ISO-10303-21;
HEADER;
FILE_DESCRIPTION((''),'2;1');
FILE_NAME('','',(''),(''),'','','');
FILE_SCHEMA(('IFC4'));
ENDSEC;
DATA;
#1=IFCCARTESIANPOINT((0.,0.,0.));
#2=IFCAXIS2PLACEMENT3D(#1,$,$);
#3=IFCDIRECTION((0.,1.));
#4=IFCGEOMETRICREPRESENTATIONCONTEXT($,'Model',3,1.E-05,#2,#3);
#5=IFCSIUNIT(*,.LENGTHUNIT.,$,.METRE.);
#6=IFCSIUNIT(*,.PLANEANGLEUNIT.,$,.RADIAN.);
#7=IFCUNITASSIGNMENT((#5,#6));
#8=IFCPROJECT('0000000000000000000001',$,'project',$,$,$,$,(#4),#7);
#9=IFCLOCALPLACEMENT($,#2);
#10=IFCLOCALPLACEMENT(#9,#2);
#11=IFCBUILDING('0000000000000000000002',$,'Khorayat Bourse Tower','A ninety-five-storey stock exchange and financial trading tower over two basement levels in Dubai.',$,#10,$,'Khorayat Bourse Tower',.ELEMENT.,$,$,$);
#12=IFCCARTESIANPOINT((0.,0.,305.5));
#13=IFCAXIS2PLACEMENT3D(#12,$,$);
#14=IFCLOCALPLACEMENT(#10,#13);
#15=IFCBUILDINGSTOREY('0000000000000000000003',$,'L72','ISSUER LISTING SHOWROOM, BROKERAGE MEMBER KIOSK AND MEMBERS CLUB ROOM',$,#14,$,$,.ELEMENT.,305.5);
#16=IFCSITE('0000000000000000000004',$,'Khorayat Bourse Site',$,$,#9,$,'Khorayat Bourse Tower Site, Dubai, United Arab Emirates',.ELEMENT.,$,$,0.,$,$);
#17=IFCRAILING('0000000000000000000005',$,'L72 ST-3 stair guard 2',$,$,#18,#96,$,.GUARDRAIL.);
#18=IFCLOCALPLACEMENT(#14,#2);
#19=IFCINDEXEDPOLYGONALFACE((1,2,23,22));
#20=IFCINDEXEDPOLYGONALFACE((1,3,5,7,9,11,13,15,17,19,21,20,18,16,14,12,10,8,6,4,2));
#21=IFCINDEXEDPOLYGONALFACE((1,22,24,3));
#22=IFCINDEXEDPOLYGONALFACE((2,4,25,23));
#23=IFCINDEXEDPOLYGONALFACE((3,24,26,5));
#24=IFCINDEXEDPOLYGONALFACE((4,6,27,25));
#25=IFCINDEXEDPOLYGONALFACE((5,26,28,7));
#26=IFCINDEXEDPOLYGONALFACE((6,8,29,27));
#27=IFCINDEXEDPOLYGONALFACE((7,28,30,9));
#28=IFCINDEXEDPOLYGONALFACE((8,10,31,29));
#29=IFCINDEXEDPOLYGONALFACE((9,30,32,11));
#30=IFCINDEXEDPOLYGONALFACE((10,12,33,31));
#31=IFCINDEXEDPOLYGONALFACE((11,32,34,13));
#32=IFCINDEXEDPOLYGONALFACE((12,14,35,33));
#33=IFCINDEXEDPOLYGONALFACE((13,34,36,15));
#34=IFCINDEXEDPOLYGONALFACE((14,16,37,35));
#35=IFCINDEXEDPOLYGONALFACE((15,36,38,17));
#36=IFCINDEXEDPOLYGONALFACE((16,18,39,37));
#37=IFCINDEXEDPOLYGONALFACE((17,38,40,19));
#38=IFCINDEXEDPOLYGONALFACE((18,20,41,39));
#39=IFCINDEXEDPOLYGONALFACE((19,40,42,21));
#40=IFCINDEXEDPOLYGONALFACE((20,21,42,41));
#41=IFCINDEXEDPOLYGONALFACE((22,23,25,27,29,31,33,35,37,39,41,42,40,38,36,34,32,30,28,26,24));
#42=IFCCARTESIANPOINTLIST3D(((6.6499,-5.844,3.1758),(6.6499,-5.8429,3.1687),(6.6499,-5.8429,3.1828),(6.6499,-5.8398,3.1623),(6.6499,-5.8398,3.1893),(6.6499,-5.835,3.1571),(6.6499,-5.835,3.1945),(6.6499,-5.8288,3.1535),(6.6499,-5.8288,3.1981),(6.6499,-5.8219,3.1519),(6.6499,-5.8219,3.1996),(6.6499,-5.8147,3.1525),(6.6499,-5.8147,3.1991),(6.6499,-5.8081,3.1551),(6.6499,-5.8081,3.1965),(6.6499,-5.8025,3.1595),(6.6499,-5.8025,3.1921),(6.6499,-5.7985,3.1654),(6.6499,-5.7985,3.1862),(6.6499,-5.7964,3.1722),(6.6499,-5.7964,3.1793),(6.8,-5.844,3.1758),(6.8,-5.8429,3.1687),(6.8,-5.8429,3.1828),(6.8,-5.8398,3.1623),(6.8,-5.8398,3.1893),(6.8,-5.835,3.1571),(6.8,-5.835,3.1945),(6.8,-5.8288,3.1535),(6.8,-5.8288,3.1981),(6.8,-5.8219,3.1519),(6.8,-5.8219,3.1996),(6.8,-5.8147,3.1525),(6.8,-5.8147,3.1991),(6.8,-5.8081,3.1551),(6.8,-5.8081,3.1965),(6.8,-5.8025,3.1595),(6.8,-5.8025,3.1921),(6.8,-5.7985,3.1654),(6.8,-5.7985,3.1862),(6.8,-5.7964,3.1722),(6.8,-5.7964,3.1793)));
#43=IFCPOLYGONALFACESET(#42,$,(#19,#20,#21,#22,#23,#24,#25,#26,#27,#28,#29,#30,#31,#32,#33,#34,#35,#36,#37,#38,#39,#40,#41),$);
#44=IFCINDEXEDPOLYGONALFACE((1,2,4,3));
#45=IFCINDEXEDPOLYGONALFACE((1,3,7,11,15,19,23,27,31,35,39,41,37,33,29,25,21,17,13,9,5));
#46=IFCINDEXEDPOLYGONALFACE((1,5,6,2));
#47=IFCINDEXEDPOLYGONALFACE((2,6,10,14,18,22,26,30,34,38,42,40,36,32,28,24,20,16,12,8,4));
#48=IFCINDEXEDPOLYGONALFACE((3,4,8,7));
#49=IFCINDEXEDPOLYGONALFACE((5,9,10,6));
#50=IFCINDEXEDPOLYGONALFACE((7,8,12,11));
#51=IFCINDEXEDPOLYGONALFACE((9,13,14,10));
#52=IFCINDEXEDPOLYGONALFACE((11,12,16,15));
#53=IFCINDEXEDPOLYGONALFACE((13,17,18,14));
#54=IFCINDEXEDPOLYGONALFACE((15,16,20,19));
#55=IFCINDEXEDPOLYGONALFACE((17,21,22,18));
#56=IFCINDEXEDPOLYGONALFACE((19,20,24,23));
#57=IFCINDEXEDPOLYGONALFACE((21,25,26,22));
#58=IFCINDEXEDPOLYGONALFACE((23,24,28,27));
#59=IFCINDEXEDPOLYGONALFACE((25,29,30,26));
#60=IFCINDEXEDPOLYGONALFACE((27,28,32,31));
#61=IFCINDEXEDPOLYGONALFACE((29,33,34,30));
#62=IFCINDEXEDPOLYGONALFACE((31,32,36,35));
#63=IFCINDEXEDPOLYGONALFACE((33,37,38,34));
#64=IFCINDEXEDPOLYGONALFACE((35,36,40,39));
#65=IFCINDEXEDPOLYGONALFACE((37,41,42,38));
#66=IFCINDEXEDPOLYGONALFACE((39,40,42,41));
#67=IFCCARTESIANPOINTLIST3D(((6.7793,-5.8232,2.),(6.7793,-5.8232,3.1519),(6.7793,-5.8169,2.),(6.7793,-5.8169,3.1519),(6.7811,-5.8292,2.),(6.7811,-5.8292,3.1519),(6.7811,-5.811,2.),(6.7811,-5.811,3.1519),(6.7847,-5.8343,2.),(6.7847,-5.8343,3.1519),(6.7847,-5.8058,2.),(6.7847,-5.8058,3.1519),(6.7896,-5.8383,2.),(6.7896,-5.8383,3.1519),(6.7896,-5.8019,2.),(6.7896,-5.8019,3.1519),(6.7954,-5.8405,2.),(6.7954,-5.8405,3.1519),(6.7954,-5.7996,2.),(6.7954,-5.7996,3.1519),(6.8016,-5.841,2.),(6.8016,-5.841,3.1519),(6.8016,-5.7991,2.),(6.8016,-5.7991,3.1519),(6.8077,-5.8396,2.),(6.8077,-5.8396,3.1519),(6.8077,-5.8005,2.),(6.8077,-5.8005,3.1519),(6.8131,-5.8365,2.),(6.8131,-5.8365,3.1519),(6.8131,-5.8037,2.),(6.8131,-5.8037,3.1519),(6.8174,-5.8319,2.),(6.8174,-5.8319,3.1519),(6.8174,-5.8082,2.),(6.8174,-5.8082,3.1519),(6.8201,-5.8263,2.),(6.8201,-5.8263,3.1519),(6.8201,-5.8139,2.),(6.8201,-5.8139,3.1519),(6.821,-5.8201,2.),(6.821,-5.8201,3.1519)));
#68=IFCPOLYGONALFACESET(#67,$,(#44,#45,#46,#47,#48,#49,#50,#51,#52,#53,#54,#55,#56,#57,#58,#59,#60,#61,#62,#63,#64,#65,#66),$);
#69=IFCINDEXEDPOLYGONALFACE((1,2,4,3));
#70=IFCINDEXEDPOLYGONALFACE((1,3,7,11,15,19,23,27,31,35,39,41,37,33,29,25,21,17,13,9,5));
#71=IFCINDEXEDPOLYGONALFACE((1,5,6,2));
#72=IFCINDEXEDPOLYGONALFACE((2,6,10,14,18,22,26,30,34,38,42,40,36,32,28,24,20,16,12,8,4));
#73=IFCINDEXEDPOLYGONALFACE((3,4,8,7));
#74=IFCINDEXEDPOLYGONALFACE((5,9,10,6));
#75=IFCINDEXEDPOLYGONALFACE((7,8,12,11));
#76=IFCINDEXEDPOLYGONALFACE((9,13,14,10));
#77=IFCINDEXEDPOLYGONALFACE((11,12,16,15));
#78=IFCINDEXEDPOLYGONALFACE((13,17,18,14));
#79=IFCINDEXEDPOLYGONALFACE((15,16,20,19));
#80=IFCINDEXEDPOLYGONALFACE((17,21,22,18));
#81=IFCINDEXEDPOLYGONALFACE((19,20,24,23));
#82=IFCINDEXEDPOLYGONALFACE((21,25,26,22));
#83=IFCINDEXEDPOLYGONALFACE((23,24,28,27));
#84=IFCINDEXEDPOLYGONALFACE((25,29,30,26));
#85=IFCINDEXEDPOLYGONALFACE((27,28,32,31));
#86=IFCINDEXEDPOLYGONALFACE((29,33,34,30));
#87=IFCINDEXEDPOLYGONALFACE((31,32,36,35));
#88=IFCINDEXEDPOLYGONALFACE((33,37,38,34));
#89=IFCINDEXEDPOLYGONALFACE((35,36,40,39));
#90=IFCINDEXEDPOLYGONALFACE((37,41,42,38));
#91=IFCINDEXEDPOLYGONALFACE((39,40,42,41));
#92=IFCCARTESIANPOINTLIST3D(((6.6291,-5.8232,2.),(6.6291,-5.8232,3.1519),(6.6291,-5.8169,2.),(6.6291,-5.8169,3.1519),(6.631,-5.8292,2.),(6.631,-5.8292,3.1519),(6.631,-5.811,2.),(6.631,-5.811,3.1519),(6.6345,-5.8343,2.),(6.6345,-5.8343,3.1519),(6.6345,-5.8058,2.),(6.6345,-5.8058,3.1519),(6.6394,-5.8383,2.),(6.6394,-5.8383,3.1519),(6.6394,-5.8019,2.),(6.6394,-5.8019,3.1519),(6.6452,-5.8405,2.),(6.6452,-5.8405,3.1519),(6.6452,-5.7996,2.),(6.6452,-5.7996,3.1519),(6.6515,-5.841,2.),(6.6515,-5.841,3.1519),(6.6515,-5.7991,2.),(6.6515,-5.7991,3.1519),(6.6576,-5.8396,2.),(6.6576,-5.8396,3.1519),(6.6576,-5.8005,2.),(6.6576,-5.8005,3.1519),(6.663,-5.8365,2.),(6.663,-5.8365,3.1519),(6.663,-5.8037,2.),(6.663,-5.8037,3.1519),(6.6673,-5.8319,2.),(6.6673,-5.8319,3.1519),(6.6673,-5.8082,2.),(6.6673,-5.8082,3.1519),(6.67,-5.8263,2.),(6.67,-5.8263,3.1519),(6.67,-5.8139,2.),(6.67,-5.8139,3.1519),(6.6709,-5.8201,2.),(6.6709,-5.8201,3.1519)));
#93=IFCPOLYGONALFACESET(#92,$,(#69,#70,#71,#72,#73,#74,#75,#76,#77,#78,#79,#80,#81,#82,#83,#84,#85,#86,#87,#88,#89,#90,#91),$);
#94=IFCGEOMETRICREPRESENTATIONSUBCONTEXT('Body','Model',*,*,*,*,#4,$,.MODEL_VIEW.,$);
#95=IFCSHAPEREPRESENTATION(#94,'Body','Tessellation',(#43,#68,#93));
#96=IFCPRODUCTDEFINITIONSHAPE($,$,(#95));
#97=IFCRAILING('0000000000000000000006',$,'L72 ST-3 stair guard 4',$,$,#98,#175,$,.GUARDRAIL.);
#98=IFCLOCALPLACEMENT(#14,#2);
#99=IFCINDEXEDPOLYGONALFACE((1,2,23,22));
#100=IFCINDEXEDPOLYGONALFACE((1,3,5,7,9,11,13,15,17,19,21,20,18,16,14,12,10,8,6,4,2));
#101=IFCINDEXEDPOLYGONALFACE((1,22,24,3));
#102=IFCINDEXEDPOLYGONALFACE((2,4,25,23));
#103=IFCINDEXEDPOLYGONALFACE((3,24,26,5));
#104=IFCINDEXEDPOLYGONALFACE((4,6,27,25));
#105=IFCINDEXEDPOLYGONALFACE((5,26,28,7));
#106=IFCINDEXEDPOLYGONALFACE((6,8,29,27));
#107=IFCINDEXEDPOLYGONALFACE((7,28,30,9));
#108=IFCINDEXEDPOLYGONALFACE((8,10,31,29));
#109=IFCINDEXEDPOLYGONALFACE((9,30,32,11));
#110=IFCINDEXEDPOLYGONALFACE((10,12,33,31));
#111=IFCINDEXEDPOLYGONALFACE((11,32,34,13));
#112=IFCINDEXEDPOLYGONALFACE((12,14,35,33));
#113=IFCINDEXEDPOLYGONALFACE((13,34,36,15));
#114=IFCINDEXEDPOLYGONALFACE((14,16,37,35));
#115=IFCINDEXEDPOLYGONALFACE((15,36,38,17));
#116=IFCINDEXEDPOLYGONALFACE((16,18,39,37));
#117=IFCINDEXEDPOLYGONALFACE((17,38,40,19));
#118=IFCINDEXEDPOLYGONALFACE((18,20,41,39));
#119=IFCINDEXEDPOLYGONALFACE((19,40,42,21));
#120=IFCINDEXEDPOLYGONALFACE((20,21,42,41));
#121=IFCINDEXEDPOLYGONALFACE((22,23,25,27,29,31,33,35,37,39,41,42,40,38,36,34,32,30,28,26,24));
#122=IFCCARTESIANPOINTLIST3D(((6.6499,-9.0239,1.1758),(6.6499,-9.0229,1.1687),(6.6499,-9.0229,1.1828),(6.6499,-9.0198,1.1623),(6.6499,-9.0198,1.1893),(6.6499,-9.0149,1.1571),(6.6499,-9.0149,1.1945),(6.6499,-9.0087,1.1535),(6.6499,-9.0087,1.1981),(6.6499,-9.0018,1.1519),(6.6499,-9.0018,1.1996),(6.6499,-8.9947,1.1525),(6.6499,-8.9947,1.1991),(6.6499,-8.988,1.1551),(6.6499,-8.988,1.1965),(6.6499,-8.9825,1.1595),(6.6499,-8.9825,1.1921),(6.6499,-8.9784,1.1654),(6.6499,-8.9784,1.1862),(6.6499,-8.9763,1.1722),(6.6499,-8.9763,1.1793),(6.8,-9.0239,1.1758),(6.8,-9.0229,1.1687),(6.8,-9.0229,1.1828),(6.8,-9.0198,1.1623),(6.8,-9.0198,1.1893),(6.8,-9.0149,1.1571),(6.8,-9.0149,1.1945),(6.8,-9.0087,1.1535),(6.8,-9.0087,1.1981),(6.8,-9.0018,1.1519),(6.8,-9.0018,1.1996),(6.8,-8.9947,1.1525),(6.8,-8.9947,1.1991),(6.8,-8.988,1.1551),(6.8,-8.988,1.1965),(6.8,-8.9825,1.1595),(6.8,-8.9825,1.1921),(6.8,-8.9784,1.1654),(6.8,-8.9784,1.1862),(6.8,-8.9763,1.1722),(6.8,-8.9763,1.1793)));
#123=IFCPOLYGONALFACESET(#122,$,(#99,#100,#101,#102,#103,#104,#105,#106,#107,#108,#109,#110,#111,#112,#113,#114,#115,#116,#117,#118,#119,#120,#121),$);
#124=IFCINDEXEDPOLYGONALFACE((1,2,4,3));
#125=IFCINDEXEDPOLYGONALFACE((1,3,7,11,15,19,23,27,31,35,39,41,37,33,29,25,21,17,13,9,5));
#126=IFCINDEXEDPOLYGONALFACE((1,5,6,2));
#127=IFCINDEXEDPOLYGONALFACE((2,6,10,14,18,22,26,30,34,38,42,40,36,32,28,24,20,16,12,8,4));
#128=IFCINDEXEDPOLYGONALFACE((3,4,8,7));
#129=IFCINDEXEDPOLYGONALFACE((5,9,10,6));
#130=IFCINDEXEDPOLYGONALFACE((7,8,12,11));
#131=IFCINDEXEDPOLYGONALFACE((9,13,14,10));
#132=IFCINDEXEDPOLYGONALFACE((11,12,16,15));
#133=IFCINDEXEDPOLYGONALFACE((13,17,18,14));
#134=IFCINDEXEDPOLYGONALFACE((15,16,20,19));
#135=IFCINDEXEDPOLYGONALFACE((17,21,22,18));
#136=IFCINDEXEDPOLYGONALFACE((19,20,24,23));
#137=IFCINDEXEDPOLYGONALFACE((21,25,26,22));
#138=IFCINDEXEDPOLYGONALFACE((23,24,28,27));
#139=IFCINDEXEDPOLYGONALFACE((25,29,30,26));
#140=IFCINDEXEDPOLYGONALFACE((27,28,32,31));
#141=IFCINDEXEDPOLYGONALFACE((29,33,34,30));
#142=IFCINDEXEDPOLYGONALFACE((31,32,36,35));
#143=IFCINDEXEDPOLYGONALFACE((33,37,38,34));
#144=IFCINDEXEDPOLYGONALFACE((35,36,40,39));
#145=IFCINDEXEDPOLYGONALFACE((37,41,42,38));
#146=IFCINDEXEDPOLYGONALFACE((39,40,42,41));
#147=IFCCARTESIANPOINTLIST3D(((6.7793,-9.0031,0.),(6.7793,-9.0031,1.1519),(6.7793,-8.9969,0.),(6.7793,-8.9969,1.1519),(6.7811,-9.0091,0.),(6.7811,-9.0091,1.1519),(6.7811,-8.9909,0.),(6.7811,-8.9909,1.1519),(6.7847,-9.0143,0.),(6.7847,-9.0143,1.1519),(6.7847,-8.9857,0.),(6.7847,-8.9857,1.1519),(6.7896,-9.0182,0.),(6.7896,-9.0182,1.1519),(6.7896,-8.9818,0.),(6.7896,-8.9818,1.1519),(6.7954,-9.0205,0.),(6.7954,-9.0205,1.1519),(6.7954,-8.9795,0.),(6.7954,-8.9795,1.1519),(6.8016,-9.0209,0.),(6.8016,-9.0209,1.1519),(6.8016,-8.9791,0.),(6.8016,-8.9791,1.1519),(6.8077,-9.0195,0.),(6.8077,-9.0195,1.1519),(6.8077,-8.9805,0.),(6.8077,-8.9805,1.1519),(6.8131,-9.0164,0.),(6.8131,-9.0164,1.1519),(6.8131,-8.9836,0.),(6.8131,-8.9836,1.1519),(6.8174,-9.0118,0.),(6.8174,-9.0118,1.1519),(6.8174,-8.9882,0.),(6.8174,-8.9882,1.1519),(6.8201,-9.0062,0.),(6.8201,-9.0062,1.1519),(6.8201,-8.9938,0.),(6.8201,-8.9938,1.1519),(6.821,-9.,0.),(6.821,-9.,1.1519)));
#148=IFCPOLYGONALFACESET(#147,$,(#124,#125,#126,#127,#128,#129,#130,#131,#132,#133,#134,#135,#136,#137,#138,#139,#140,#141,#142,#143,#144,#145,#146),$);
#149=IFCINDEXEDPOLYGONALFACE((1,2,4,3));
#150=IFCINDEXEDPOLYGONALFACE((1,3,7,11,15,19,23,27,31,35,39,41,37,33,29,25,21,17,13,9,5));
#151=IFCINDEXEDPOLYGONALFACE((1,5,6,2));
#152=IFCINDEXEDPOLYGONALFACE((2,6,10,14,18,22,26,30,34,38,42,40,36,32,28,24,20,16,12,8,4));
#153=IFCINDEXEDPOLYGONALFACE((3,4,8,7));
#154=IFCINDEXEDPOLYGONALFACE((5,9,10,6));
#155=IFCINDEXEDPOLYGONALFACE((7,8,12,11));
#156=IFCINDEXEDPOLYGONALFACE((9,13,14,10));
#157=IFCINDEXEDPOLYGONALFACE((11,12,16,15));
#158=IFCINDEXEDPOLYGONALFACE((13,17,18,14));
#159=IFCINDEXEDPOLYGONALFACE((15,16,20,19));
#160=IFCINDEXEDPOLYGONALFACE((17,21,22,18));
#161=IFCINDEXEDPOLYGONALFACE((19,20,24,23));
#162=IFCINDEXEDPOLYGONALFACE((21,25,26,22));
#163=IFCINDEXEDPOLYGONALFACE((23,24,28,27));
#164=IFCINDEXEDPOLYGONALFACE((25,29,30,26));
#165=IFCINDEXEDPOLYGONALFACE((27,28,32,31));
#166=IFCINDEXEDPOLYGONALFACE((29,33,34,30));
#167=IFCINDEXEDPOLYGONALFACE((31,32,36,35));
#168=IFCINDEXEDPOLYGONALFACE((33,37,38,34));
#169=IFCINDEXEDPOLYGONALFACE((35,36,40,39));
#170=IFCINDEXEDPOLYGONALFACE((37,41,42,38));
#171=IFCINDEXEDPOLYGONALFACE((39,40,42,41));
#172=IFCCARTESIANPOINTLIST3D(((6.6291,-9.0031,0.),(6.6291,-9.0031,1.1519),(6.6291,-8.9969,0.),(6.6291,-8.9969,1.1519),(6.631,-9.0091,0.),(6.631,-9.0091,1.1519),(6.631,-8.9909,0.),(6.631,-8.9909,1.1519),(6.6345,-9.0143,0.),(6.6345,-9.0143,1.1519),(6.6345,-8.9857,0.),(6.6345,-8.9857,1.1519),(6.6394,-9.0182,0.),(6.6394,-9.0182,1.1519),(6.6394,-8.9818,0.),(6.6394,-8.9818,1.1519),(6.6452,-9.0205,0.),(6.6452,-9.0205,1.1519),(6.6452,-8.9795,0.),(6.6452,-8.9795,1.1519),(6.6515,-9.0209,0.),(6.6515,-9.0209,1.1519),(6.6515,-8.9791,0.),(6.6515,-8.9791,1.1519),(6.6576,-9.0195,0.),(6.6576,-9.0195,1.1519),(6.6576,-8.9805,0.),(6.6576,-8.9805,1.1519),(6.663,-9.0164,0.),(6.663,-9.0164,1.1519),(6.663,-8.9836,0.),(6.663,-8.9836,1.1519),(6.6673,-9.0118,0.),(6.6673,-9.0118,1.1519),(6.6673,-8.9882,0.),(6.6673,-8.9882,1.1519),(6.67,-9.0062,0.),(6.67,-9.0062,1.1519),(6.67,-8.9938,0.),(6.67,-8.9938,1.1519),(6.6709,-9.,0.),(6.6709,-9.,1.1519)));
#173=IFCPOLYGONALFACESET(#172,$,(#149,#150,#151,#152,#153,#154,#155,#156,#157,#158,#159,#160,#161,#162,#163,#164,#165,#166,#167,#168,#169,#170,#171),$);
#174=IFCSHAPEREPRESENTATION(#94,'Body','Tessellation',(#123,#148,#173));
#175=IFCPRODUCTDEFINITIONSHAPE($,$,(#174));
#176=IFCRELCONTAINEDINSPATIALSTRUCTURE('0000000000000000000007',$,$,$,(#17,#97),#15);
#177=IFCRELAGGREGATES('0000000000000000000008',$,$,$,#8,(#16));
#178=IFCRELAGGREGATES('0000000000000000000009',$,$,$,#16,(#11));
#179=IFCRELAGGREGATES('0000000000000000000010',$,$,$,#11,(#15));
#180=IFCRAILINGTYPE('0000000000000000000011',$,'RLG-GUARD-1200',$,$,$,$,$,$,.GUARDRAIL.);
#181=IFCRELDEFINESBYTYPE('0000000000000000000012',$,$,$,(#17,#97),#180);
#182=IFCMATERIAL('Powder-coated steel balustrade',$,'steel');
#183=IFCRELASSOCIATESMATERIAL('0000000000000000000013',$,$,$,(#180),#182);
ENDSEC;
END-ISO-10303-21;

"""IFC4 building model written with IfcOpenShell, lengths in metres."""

from ifc_helpers import new_model, si_unit, direction, frame, origin, origin_2d, place, context, subcontext, project, spatial, circle, extrude, source, transform, mapped, material, type_object, element, save


model = new_model("IFC4")

# Units and contexts
model_context = context("Model", 3, precision=1e-05, world=origin(), true_north=direction((0.0, 1.0)))
body_context = subcontext(model_context, "Body", "Model", "MODEL_VIEW")
ifc_project = project(units=[si_unit("LENGTHUNIT", "METRE"), si_unit("PLANEANGLEUNIT", "RADIAN")], contexts=[model_context])

# Site, building, storey
site_placement = place(None, origin())
site = spatial("IfcSite", under=ifc_project, at=site_placement, Name="Khorayat Bourse Site", LongName="Khorayat Bourse Tower Site, Dubai, United Arab Emirates", CompositionType="ELEMENT", RefElevation=0.0)
building_placement = place(site_placement, origin())
building = spatial("IfcBuilding", under=site, at=building_placement, Name="Khorayat Bourse Tower", Description="A ninety-five-storey stock exchange and financial trading tower over two basement levels in Dubai.", LongName="Khorayat Bourse Tower", CompositionType="ELEMENT")
storey_placement = place(building_placement, frame((0.0, 0.0, 305.5)))
storey = spatial("IfcBuildingStorey", under=building, at=storey_placement, Name="L72", Description="ISSUER LISTING SHOWROOM, BROKERAGE MEMBER KIOSK AND MEMBERS CLUB ROOM", CompositionType="ELEMENT", Elevation=305.5)

# Railings
ifc_material_1 = material(Name="Powder-coated steel balustrade", Category="steel")
railing_type_1 = type_object("IfcRailingType", Name="RLG-GUARD-1200", PredefinedType="GUARDRAIL", material=ifc_material_1)
shared_shape_1 = source(origin(), body_context, "Body", "SweptSolid", [
    extrude(circle(Radius=0.0239, at=origin_2d()), frame((0.0, 0.0, 1.1758), z_axis=(-1.0, 0.0, 0.0), x_axis=(0.0, -1.0, 0.0)), (0.0, 0.0, 1.0), 0.1501),
    extrude(circle(Radius=0.021, at=origin_2d()), origin(), (0.0, 0.0, 1.0), 1.1519),
    extrude(circle(Radius=0.021, at=origin_2d()), frame((-0.1501, 0.0, 0.0)), (0.0, 0.0, 1.0), 1.1519),
])
for number, where, name in (
    (1, (6.8, -5.8201, 2.0), "L72 ST-3 stair guard 2"),
    (2, (6.8, -9.0, 0.0), "L72 ST-3 stair guard 4"),
):
    element("IfcRailing", number, at=place(storey_placement, frame(where)), inside=storey, type_object=railing_type_1, Name=name, PredefinedType="GUARDRAIL", context=body_context, shape_type="MappedRepresentation", body=[
        mapped(shared_shape_1, transform((0.0, 0.0, 0.0), scale=1.0)),
    ])

save(model, "model.ifc")
